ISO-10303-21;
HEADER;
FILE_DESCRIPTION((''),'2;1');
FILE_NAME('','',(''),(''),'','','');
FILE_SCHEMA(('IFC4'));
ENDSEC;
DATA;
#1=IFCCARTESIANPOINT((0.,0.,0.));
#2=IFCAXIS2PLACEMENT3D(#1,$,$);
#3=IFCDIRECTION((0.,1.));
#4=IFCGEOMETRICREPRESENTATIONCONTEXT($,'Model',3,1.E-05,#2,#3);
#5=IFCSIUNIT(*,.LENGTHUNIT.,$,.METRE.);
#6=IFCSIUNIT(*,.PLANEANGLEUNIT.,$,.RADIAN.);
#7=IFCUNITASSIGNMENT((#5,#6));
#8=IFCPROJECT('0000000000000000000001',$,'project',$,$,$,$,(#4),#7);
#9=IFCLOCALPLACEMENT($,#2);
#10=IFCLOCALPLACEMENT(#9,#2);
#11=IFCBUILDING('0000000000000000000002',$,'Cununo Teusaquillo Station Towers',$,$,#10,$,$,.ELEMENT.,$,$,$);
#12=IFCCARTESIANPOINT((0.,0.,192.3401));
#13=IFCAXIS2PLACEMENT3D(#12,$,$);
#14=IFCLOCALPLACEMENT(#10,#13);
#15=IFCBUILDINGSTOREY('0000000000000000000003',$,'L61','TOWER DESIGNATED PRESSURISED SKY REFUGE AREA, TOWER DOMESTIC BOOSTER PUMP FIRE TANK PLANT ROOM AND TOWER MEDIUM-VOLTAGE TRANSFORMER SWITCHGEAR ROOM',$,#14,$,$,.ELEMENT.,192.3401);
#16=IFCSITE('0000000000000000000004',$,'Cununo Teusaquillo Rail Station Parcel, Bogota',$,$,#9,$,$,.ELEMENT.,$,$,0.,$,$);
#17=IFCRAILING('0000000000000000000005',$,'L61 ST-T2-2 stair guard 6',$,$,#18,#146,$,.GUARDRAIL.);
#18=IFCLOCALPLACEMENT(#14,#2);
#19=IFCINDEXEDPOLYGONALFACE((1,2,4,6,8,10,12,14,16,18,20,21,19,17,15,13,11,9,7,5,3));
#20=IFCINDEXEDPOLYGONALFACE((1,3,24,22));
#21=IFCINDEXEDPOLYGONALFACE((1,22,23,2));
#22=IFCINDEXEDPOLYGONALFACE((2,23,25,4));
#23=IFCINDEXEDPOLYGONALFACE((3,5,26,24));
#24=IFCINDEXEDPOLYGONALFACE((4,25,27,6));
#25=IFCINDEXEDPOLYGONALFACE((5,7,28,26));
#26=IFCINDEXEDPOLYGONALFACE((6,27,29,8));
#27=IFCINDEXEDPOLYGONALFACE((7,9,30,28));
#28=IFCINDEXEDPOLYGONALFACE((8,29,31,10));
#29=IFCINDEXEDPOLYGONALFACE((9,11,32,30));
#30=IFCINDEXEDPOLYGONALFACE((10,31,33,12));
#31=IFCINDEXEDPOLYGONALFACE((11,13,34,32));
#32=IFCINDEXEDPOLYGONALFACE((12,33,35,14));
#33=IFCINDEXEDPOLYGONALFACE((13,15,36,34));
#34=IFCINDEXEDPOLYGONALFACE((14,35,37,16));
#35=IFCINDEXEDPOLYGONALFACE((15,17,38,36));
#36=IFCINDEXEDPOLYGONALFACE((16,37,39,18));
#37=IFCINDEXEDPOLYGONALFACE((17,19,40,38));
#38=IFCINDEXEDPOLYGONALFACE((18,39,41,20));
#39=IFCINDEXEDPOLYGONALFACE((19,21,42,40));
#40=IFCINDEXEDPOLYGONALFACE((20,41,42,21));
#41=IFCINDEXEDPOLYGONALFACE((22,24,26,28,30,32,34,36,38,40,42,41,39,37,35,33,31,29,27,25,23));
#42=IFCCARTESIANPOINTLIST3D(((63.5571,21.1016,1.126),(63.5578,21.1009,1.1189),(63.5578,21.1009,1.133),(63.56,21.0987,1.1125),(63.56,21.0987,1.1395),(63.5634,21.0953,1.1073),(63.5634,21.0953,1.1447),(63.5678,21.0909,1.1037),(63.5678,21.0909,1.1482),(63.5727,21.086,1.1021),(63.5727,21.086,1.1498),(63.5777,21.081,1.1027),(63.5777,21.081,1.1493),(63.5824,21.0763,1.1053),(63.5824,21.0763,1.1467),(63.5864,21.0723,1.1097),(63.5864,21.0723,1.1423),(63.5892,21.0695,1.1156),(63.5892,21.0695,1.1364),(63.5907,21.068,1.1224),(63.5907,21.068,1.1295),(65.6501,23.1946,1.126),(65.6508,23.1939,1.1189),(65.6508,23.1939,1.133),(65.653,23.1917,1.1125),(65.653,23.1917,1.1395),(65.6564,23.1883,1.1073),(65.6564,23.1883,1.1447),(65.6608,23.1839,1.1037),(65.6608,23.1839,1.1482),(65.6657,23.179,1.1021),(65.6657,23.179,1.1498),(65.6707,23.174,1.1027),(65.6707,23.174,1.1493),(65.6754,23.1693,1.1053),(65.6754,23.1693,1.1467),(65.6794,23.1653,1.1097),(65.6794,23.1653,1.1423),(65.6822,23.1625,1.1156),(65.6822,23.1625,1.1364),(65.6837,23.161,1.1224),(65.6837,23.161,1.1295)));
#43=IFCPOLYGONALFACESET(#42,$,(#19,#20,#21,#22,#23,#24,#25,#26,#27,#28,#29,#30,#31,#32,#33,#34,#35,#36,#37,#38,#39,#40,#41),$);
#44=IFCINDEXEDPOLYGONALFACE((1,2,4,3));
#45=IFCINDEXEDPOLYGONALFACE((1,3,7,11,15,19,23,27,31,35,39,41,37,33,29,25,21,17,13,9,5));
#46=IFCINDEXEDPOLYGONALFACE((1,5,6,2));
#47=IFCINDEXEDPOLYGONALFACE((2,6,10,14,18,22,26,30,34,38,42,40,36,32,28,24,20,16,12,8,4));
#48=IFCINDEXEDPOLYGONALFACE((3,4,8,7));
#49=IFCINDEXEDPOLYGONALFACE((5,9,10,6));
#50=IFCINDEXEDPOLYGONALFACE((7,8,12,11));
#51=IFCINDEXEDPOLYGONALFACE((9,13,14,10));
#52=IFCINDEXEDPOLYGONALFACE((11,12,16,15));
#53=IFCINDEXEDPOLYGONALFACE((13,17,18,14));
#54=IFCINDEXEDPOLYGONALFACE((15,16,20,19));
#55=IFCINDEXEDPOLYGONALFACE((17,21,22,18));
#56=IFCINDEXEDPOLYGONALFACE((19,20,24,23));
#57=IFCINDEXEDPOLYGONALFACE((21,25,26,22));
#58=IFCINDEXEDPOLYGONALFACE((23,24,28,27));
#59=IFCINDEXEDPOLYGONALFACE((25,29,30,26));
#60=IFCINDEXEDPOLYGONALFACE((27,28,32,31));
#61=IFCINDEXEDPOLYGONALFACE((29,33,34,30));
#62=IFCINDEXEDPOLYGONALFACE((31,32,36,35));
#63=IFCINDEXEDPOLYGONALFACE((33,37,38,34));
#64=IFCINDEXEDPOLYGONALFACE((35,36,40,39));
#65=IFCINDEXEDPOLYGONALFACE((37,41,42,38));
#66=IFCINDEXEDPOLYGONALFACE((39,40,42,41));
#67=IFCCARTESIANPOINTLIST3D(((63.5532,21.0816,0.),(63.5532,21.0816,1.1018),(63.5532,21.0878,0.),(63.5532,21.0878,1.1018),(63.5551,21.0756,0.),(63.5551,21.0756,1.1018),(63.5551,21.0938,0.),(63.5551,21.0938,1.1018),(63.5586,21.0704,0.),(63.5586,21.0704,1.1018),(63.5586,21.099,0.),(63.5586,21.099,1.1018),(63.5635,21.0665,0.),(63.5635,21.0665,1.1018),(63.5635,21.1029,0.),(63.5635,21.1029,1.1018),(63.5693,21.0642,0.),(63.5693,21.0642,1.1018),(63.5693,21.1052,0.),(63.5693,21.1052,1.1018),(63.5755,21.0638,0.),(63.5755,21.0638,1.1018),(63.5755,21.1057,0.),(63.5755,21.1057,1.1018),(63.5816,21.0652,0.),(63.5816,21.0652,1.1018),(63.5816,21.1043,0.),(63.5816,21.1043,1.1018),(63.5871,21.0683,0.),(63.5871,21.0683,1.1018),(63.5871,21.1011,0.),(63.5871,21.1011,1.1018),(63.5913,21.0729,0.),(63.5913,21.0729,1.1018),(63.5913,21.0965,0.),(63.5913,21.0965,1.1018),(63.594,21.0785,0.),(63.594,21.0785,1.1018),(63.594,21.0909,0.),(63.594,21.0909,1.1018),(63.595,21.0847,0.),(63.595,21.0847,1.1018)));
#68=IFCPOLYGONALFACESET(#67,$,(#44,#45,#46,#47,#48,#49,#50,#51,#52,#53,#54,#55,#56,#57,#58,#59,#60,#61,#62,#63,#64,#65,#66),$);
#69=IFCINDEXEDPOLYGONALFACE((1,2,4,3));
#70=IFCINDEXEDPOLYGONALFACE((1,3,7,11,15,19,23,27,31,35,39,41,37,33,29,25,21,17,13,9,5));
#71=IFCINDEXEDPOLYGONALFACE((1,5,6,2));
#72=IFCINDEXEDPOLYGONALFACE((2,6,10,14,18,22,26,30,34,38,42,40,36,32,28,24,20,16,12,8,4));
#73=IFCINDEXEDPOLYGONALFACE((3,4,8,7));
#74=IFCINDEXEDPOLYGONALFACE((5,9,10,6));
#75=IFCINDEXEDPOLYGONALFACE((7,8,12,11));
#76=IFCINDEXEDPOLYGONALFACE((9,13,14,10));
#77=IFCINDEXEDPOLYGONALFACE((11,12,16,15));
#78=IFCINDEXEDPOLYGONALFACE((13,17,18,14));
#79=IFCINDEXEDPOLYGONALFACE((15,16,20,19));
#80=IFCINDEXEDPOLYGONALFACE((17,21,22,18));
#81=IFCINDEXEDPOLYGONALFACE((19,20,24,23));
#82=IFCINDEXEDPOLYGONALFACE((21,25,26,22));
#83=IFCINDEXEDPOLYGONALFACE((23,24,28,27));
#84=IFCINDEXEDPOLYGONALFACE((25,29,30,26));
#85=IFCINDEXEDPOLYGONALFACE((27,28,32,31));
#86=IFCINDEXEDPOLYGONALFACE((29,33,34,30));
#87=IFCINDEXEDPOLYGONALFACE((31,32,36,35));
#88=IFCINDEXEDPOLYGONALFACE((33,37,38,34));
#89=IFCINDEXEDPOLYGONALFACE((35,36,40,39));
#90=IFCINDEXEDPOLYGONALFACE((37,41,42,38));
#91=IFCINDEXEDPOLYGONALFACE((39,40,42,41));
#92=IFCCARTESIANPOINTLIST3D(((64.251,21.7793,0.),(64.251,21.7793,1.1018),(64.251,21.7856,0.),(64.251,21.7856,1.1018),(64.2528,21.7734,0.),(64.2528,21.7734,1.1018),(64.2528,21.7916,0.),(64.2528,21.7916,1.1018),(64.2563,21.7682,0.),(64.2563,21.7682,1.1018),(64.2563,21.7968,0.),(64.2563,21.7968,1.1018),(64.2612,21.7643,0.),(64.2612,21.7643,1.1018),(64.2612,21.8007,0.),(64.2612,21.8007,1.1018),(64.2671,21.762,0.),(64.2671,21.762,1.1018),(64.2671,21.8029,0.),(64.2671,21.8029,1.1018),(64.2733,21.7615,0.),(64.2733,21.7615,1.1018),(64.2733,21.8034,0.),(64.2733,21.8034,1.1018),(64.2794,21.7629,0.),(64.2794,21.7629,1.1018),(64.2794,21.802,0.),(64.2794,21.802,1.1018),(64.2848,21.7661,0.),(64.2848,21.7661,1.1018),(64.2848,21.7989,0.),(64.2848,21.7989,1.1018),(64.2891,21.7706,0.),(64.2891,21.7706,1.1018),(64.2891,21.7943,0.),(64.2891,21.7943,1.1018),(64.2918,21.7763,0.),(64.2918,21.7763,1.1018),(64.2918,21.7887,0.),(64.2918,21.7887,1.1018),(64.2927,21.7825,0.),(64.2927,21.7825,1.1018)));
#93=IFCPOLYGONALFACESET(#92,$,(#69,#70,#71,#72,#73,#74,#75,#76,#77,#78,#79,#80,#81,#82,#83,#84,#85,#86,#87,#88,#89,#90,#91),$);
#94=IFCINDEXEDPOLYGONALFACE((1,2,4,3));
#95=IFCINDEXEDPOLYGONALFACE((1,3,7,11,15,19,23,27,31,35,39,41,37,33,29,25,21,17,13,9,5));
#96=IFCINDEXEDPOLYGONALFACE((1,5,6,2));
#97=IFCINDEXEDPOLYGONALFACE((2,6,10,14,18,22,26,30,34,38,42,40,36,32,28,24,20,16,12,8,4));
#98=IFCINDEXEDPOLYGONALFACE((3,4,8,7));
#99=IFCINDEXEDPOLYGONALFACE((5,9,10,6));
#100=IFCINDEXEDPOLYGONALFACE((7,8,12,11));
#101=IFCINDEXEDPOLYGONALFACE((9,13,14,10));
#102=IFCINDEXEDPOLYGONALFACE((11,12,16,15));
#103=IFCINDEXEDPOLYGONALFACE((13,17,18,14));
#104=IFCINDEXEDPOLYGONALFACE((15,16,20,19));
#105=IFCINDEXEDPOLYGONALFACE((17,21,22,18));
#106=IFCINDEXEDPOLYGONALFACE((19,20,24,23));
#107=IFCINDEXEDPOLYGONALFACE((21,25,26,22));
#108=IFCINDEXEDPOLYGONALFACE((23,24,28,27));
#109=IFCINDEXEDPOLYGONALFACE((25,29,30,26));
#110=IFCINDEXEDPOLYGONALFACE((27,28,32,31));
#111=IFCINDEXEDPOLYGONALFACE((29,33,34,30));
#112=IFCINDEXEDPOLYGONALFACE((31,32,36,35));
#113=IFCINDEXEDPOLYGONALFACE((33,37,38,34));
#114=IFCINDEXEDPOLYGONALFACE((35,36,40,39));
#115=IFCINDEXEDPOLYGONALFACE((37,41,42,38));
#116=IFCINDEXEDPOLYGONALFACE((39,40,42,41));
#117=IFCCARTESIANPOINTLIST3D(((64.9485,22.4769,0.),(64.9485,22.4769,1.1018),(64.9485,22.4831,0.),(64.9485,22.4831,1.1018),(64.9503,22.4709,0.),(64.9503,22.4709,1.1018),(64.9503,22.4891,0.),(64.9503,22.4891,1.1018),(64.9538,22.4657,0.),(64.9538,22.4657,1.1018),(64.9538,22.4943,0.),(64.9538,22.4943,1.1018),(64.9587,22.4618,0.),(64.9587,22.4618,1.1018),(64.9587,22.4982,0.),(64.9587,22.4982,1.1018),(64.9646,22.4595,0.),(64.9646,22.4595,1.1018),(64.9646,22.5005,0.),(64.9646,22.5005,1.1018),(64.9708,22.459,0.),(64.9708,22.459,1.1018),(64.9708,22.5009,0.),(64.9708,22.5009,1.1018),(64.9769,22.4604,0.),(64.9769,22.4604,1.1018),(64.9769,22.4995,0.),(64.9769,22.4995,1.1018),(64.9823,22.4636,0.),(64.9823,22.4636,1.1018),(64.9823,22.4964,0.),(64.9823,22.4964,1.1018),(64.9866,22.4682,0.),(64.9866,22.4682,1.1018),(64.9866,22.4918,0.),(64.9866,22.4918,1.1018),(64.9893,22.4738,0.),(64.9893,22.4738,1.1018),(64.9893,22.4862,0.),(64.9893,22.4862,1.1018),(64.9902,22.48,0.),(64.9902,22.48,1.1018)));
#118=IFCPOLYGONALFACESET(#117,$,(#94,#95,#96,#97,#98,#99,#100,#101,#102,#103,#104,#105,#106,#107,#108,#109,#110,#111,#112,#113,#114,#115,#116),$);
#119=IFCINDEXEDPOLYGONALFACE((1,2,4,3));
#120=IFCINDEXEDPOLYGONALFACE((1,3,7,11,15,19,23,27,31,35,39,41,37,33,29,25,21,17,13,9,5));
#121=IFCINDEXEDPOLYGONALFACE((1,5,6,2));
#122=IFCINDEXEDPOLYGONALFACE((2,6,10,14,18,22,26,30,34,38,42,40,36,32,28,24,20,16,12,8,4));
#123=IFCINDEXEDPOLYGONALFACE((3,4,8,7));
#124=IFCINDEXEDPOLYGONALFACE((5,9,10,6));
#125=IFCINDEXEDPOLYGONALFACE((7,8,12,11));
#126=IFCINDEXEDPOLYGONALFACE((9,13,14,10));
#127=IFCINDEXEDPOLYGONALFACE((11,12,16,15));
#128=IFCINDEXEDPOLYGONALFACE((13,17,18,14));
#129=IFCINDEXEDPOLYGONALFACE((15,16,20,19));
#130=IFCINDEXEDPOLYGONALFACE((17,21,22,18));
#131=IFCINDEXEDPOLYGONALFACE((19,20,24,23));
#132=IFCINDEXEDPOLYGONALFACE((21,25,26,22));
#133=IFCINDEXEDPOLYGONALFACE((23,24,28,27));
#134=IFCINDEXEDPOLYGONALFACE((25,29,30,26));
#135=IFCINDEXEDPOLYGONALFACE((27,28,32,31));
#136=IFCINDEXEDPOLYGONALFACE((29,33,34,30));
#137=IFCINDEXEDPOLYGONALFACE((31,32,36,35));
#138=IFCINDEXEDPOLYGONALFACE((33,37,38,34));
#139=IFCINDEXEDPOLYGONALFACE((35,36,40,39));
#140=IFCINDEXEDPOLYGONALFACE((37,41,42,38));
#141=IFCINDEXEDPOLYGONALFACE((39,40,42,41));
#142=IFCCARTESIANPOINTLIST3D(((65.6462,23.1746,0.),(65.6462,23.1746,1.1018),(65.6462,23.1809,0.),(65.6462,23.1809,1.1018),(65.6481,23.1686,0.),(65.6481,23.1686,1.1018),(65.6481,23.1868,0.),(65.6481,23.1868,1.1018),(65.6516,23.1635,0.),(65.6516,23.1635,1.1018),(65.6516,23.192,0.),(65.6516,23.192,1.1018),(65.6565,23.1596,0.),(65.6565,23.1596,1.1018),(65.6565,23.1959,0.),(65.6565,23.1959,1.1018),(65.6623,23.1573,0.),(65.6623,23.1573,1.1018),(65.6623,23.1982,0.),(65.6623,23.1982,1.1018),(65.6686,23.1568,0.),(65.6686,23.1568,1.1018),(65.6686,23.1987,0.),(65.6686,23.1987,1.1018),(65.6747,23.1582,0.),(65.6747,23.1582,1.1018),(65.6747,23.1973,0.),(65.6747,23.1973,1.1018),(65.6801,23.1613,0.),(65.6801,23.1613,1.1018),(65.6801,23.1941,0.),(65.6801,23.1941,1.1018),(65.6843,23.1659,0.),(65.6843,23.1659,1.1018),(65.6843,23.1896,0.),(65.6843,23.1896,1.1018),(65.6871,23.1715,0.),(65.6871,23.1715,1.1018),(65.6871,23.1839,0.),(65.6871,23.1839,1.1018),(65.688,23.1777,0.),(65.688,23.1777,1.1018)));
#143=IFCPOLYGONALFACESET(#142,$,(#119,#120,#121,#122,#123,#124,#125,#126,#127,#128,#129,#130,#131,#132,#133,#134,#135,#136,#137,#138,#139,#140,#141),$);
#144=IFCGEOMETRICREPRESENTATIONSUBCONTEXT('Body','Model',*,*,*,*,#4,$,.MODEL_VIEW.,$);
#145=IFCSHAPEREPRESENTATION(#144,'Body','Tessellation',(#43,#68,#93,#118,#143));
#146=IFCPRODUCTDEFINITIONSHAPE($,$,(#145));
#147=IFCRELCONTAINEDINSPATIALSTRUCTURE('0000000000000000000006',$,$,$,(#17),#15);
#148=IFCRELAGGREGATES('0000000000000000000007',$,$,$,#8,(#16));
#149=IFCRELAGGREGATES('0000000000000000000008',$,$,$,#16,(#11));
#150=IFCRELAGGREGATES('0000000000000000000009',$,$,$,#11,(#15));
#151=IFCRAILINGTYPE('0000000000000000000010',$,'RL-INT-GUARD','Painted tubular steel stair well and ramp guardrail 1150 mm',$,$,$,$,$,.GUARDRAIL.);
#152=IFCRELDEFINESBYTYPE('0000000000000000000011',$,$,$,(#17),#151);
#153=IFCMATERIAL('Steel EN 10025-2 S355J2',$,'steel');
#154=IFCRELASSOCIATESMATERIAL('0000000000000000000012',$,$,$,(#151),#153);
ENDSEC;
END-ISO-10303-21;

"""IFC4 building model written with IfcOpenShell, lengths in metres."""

from ifc_helpers import new_model, si_unit, direction, frame, origin, origin_2d, place, context, subcontext, project, spatial, circle, extrude, material, type_object, element, save


model = new_model("IFC4")

# Units and contexts
model_context = context("Model", 3, precision=1e-05, world=origin(), true_north=direction((0.0, 1.0)))
body_context = subcontext(model_context, "Body", "Model", "MODEL_VIEW")
ifc_project = project(units=[si_unit("LENGTHUNIT", "METRE"), si_unit("PLANEANGLEUNIT", "RADIAN")], contexts=[model_context])

# Site, building, storey
site_placement = place(None, origin())
site = spatial("IfcSite", under=ifc_project, at=site_placement, Name="Cununo Teusaquillo Rail Station Parcel, Bogota", CompositionType="ELEMENT", RefElevation=0.0)
building_placement = place(site_placement, origin())
building = spatial("IfcBuilding", under=site, at=building_placement, Name="Cununo Teusaquillo Station Towers", CompositionType="ELEMENT")
storey_placement = place(building_placement, frame((0.0, 0.0, 192.3401)))
storey = spatial("IfcBuildingStorey", under=building, at=storey_placement, Name="L61", Description="TOWER DESIGNATED PRESSURISED SKY REFUGE AREA, TOWER DOMESTIC BOOSTER PUMP FIRE TANK PLANT ROOM AND TOWER MEDIUM-VOLTAGE TRANSFORMER SWITCHGEAR ROOM", CompositionType="ELEMENT", Elevation=192.3401)

# Railing
ifc_material_1 = material(Name="Steel EN 10025-2 S355J2", Category="steel")
railing_type = type_object("IfcRailingType", Name="RL-INT-GUARD", Description="Painted tubular steel stair well and ramp guardrail 1150 mm", PredefinedType="GUARDRAIL", material=ifc_material_1)
railing_1_placement = place(storey_placement, frame((63.574, 21.0847, 0.0)))
element("IfcRailing", 1, at=railing_1_placement, inside=storey, type_object=railing_type, Name="L61 ST-T2-2 stair guard 6", PredefinedType="GUARDRAIL", context=body_context, shape_type="SweptSolid", body=[
    extrude(circle(Radius=0.0239, at=origin_2d()), frame((0.0, 0.0, 1.126), z_axis=(0.707107, 0.707107, 0.0), x_axis=(-0.707107, 0.707107, 0.0)), (0.0, 0.0, 1.0), 2.96),
    extrude(circle(Radius=0.021, at=origin_2d()), origin(), (0.0, 0.0, 1.0), 1.1018),
    extrude(circle(Radius=0.021, at=origin_2d()), frame((0.6978, 0.6978, 0.0)), (0.0, 0.0, 1.0), 1.1018),
    extrude(circle(Radius=0.021, at=origin_2d()), frame((1.3953, 1.3953, 0.0)), (0.0, 0.0, 1.0), 1.1018),
    extrude(circle(Radius=0.021, at=origin_2d()), frame((2.093, 2.093, 0.0)), (0.0, 0.0, 1.0), 1.1018),
])

save(model, "model.ifc")
